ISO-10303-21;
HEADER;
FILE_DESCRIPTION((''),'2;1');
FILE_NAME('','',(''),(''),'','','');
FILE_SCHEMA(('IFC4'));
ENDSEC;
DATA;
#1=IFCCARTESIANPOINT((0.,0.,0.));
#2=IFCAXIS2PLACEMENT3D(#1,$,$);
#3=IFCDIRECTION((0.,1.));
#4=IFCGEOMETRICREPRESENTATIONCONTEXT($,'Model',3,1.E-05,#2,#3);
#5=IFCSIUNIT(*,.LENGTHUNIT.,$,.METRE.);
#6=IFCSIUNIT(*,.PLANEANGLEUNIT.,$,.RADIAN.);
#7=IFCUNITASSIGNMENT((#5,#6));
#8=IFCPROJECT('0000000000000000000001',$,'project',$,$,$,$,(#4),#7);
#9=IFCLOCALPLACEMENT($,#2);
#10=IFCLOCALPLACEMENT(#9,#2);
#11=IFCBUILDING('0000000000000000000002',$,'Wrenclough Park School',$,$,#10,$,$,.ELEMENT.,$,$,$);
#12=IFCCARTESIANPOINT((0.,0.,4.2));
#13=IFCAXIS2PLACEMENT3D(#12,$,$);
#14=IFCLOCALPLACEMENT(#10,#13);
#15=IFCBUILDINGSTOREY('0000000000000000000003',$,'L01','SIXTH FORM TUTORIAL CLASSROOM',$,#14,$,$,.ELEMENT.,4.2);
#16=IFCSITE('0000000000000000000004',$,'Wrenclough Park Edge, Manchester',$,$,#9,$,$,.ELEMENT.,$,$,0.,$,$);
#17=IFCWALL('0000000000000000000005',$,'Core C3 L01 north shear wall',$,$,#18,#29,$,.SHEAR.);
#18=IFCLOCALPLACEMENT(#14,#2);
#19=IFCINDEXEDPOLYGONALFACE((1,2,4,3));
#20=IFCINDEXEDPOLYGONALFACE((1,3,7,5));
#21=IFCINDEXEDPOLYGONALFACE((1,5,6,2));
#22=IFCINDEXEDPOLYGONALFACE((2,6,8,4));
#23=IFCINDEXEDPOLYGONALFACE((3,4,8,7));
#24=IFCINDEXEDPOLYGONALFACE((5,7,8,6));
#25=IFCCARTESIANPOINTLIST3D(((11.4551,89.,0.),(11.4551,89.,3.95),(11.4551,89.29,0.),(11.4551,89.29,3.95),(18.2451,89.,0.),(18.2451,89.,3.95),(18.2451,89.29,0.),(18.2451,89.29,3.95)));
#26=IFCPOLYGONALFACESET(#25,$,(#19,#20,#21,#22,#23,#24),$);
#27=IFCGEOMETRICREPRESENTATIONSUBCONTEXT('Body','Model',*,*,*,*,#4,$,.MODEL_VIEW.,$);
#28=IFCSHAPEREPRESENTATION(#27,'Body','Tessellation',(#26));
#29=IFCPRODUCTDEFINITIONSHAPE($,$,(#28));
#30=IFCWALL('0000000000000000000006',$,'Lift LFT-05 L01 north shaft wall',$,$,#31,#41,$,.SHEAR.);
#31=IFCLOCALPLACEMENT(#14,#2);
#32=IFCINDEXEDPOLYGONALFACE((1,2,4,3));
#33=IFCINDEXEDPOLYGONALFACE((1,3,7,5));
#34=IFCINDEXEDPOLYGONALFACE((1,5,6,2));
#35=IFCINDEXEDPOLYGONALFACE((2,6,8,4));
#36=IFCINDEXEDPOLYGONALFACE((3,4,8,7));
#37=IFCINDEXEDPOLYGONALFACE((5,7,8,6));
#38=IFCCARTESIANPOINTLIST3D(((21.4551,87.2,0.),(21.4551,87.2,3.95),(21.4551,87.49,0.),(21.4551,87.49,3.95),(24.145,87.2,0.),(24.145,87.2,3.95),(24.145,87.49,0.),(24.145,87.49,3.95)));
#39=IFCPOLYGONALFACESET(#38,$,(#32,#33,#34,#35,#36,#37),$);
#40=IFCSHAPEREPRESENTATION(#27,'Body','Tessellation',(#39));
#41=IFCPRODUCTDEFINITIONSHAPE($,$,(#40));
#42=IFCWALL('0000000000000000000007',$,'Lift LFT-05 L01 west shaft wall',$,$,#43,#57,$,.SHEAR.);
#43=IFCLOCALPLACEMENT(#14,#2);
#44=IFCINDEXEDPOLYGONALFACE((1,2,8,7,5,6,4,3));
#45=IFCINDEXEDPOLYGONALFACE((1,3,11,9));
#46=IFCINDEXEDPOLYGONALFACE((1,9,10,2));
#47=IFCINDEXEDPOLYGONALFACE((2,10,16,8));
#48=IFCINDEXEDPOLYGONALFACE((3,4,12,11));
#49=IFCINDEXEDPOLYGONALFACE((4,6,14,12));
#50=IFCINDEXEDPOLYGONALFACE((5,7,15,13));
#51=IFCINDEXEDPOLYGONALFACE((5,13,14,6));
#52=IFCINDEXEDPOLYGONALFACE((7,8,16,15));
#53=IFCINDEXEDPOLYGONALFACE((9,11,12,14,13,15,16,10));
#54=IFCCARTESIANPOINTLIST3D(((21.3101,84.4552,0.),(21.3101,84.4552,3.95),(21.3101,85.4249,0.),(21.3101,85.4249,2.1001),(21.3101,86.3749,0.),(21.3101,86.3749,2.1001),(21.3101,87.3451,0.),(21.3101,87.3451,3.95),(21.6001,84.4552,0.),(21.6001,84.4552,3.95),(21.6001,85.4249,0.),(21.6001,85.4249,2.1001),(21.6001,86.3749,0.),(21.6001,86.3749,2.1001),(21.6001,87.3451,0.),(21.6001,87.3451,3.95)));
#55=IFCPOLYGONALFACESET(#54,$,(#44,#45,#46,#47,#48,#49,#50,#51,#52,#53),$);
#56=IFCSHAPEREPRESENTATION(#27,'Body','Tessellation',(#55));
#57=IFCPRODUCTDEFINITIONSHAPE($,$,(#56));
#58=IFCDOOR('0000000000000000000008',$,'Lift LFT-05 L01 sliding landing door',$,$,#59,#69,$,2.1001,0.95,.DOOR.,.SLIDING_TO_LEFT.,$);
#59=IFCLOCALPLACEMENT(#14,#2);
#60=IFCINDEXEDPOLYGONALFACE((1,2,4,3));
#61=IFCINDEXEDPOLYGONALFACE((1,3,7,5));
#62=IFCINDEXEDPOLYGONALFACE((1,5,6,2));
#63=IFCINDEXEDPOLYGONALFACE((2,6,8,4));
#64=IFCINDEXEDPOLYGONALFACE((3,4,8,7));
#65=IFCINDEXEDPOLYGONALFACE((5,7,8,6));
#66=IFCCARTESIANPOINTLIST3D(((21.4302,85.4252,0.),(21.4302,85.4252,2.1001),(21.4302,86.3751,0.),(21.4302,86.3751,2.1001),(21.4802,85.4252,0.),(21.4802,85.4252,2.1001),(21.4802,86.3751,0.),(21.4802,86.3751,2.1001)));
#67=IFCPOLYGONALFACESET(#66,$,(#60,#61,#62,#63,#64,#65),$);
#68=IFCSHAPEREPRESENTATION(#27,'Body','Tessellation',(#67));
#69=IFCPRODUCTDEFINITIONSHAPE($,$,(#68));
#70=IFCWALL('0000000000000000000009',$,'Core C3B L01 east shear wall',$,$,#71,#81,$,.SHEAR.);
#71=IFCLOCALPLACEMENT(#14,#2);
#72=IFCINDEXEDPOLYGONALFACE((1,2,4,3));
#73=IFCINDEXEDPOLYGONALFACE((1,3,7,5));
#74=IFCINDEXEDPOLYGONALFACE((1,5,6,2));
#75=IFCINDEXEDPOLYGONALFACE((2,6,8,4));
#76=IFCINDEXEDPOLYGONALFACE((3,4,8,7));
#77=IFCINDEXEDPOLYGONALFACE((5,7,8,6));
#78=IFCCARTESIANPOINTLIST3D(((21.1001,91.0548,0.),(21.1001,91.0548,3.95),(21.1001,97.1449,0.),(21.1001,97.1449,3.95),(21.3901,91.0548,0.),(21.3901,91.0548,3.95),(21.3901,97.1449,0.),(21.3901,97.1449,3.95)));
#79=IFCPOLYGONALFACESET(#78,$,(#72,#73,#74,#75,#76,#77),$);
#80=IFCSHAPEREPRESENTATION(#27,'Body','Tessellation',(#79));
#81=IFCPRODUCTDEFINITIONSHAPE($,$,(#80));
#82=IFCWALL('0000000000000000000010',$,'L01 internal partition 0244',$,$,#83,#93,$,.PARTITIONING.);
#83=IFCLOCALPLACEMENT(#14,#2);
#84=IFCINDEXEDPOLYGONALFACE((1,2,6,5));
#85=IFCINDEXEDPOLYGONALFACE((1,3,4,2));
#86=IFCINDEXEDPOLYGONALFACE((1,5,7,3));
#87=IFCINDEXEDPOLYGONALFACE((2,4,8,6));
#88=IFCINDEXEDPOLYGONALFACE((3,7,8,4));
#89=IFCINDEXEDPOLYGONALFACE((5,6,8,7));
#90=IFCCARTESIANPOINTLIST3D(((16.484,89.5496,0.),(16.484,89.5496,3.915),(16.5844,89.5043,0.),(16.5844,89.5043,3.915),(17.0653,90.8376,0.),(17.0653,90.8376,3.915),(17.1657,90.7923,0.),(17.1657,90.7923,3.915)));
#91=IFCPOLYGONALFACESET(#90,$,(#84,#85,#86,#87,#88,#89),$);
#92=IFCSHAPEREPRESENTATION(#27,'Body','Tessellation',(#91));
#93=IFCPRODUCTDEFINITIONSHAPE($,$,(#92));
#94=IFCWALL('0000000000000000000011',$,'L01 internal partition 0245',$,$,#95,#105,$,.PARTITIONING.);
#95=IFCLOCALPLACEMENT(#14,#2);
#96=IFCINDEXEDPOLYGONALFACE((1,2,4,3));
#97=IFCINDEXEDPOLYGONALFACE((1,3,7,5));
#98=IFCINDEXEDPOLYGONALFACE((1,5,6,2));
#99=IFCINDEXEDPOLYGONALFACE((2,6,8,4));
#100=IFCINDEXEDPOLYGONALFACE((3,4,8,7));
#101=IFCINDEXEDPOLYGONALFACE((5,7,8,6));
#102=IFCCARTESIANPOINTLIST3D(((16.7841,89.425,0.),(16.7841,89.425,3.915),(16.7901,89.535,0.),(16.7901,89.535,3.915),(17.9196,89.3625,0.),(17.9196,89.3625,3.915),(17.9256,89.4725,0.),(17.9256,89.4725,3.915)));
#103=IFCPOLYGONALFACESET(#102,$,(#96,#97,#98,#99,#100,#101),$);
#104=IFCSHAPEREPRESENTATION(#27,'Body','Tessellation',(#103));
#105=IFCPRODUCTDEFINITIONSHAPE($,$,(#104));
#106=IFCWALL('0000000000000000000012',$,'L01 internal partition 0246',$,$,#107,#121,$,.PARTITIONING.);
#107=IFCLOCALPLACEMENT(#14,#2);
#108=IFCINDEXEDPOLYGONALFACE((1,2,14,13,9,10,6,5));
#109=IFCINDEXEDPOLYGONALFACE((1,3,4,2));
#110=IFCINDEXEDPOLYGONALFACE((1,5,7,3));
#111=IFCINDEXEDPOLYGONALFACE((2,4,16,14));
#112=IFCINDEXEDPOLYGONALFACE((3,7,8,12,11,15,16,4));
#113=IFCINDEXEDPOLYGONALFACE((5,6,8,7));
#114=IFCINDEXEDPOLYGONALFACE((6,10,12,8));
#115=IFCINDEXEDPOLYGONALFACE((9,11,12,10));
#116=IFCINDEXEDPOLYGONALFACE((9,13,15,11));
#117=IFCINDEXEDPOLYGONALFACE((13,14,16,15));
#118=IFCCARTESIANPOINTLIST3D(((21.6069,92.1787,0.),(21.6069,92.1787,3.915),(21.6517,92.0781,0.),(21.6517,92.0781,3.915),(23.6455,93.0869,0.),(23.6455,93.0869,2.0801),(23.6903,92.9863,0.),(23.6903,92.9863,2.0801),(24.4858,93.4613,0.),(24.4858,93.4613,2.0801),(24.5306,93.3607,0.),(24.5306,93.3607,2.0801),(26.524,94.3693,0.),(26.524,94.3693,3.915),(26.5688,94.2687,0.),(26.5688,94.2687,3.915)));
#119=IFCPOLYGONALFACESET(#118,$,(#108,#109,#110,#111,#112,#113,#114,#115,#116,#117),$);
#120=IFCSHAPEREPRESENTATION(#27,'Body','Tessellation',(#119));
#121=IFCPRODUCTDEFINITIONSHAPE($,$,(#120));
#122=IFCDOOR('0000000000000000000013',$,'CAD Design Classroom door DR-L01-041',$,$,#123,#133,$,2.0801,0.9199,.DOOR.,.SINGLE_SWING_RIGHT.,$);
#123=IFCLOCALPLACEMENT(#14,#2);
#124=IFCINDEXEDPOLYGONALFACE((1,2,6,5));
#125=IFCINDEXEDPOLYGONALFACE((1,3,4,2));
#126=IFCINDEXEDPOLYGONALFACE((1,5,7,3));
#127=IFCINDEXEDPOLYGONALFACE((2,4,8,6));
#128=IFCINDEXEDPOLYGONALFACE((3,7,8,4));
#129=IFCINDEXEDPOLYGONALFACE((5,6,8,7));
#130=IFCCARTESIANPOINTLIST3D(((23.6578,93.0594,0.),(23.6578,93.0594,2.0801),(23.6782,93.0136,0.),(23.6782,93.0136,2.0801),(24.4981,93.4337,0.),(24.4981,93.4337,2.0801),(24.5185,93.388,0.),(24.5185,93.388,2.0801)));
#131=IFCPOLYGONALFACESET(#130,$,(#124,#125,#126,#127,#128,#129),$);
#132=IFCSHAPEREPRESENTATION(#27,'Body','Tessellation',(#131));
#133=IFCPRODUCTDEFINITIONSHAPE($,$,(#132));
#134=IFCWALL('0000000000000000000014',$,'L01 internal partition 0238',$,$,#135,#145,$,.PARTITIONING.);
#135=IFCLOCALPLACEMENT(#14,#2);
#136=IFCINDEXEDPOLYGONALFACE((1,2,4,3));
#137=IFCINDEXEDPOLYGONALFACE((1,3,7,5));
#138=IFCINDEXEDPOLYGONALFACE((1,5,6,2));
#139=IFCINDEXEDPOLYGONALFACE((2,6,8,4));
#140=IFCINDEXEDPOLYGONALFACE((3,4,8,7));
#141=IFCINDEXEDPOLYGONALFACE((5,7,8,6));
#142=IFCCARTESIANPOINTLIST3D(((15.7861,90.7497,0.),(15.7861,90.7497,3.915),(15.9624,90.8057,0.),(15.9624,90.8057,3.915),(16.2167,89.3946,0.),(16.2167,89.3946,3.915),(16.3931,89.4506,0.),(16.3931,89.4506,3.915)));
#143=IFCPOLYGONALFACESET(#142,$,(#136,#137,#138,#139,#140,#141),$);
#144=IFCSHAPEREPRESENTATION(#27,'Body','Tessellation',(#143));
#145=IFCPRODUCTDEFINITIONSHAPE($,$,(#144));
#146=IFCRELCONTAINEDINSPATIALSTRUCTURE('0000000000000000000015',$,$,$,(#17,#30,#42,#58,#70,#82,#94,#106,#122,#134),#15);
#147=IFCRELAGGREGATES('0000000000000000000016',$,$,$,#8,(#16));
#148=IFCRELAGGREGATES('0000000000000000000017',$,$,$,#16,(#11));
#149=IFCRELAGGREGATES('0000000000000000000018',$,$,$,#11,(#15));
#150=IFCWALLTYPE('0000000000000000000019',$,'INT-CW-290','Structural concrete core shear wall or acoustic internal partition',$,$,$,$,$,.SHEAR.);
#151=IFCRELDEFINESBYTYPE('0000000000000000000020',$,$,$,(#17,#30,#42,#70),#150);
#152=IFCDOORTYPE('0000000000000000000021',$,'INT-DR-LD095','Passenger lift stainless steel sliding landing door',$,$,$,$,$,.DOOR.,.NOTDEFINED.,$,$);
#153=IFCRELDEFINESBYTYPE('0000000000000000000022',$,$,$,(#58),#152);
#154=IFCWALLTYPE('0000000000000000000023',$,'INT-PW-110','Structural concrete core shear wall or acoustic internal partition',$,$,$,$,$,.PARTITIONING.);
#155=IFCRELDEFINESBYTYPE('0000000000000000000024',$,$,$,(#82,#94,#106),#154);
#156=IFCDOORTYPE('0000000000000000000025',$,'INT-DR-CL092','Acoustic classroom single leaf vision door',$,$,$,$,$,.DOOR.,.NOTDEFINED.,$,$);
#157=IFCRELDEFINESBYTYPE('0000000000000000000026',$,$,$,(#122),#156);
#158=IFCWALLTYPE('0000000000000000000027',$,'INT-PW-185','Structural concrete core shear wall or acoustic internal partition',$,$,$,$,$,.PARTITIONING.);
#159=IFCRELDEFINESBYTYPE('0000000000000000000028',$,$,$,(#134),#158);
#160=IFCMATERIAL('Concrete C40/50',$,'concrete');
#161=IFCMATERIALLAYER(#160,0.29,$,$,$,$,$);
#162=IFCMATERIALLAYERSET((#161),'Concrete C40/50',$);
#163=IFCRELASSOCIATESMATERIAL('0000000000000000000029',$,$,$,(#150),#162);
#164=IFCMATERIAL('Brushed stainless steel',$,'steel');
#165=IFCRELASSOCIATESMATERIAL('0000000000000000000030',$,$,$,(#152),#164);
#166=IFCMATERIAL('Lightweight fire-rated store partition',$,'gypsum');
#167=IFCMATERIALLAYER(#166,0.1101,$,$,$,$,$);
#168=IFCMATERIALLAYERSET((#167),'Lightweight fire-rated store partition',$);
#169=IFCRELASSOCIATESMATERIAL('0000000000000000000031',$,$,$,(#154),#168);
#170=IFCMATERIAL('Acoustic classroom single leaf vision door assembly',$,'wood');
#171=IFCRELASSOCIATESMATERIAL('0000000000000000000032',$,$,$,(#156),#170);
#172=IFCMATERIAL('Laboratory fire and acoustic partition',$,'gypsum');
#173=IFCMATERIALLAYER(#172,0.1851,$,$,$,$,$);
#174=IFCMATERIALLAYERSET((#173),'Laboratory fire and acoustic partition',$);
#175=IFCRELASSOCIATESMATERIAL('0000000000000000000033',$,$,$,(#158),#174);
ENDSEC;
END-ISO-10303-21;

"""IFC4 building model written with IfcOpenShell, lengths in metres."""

from ifc_helpers import new_model, si_unit, direction, frame, frame_2d, origin, place, context, subcontext, project, spatial, rectangle, extrude, material, layer, layer_set, type_object, element, fill, save


model = new_model("IFC4")

# Units and contexts
model_context = context("Model", 3, precision=1e-05, world=origin(), true_north=direction((0.0, 1.0)))
body_context = subcontext(model_context, "Body", "Model", "MODEL_VIEW")
ifc_project = project(units=[si_unit("LENGTHUNIT", "METRE"), si_unit("PLANEANGLEUNIT", "RADIAN")], contexts=[model_context])

# Site, building, storey
site_placement = place(None, origin())
site = spatial("IfcSite", under=ifc_project, at=site_placement, Name="Wrenclough Park Edge, Manchester", CompositionType="ELEMENT", RefElevation=0.0)
building_placement = place(site_placement, origin())
building = spatial("IfcBuilding", under=site, at=building_placement, Name="Wrenclough Park School", CompositionType="ELEMENT")
storey_placement = place(building_placement, frame((0.0, 0.0, 4.2)))
storey = spatial("IfcBuildingStorey", under=building, at=storey_placement, Name="L01", Description="SIXTH FORM TUTORIAL CLASSROOM", CompositionType="ELEMENT", Elevation=4.2)

# Walls
ifc_material_1 = material(Name="Concrete C40/50", Category="concrete")
ifc_layer_1 = layer(ifc_material_1, 0.29)
ifc_layer_set_1 = layer_set([ifc_layer_1], Name="Concrete C40/50")
wall_type_1 = type_object("IfcWallType", Name="INT-CW-290", Description="Structural concrete core shear wall or acoustic internal partition", PredefinedType="SHEAR", material=ifc_layer_set_1)
wall_1_placement = place(storey_placement, frame((18.2451, 89.145, 0.0), z_axis=(0.0, 0.0, 1.0), x_axis=(-1.0, 0.0, 0.0)))
element("IfcWall", 1, at=wall_1_placement, inside=storey, type_object=wall_type_1, Name="Core C3 L01 north shear wall", PredefinedType="SHEAR", context=body_context, shape_type="SweptSolid", body=[
    extrude(rectangle(XDim=6.79, YDim=0.29, at=frame_2d((3.395, 0.0))), origin(), (0.0, 0.0, 1.0), 3.95),
])
wall_2_placement = place(storey_placement, frame((24.145, 87.345, 0.0), z_axis=(0.0, 0.0, 1.0), x_axis=(-1.0, 0.0, 0.0)))
element("IfcWall", 2, at=wall_2_placement, inside=storey, type_object=wall_type_1, Name="Lift LFT-05 L01 north shaft wall", PredefinedType="SHEAR", context=body_context, shape_type="SweptSolid", body=[
    extrude(rectangle(XDim=2.6899, YDim=0.29, at=frame_2d((1.345, 0.0))), origin(), (0.0, 0.0, 1.0), 3.95),
])

# Wall, opening, door
wall_3_placement = place(storey_placement, frame((21.4551, 87.345, 0.0), z_axis=(0.0, 0.0, 1.0), x_axis=(0.0, -1.0, 0.0)))
wall_3 = element("IfcWall", 3, at=wall_3_placement, inside=storey, type_object=wall_type_1, Name="Lift LFT-05 L01 west shaft wall", PredefinedType="SHEAR", context=body_context, shape_type="SweptSolid", body=[
    extrude(rectangle(XDim=2.8899, YDim=0.29, at=frame_2d((1.4448, 0.0))), origin(), (0.0, 0.0, 1.0), 3.95),
])
opening_1_placement = place(wall_3_placement, frame((0.97, 0.0, 0.0)))
opening_1 = element("IfcOpeningElement", 4, at=opening_1_placement, cuts=wall_3, PredefinedType="OPENING", context=body_context, shape_type="SweptSolid", body=[
    extrude(rectangle(XDim=0.95, YDim=2.1001, at=frame_2d((0.4751, 1.05))), frame((0.0, 0.155, 0.0), z_axis=(0.0, -1.0, 0.0), x_axis=(1.0, 0.0, 0.0)), (0.0, 0.0, 1.0), 0.3101),
])
ifc_material_2 = material(Name="Brushed stainless steel", Category="steel")
door_type_1 = type_object("IfcDoorType", Name="INT-DR-LD095", Description="Passenger lift stainless steel sliding landing door", OperationType="NOTDEFINED", PredefinedType="DOOR", material=ifc_material_2)
door_1_placement = place(opening_1_placement, frame((0.95, 0.0, 0.0), z_axis=(0.0, 0.0, 1.0), x_axis=(-1.0, 0.0, 0.0)))
door_1 = element("IfcDoor", 5, at=door_1_placement, inside=storey, type_object=door_type_1, Name="Lift LFT-05 L01 sliding landing door", OperationType="SLIDING_TO_LEFT", OverallHeight=2.1001, OverallWidth=0.95, PredefinedType="DOOR", context=body_context, shape_type="SweptSolid", body=[
    extrude(rectangle(XDim=0.95, YDim=2.1001, at=frame_2d((0.4751, 1.05))), frame((0.0, 0.0249, 0.0), z_axis=(0.0, -1.0, 0.0), x_axis=(1.0, 0.0, 0.0)), (0.0, 0.0, 1.0), 0.05),
])
fill(opening_1, door_1)

# Walls
wall_4_placement = place(storey_placement, frame((21.2451, 91.0549, 0.0), z_axis=(0.0, 0.0, 1.0), x_axis=(0.0, 1.0, 0.0)))
element("IfcWall", 6, at=wall_4_placement, inside=storey, type_object=wall_type_1, Name="Core C3B L01 east shear wall", PredefinedType="SHEAR", context=body_context, shape_type="SweptSolid", body=[
    extrude(rectangle(XDim=6.0901, YDim=0.29, at=frame_2d((3.0449, 0.0))), origin(), (0.0, 0.0, 1.0), 3.95),
])
ifc_material_3 = material(Name="Lightweight fire-rated store partition", Category="gypsum")
ifc_layer_2 = layer(ifc_material_3, 0.1101)
ifc_layer_set_2 = layer_set([ifc_layer_2], Name="Lightweight fire-rated store partition")
wall_type_2 = type_object("IfcWallType", Name="INT-PW-110", Description="Structural concrete core shear wall or acoustic internal partition", PredefinedType="PARTITIONING", material=ifc_layer_set_2)
wall_5_placement = place(storey_placement, frame((17.1155, 90.8149, 0.0), z_axis=(0.0, 0.0, 1.0), x_axis=(-0.411341, -0.911481, 0.0)))
element("IfcWall", 7, at=wall_5_placement, inside=storey, type_object=wall_type_2, Name="L01 internal partition 0244", PredefinedType="PARTITIONING", context=body_context, shape_type="SweptSolid", body=[
    extrude(rectangle(XDim=1.4131, YDim=0.1101, at=frame_2d((0.7065, 0.0))), origin(), (0.0, 0.0, 1.0), 3.915),
])
wall_6_placement = place(storey_placement, frame((16.7871, 89.48, 0.0), z_axis=(0.0, 0.0, 1.0), x_axis=(0.998489, -0.054959, 0.0)))
element("IfcWall", 8, at=wall_6_placement, inside=storey, type_object=wall_type_2, Name="L01 internal partition 0245", PredefinedType="PARTITIONING", context=body_context, shape_type="SweptSolid", body=[
    extrude(rectangle(XDim=1.1372, YDim=0.1101, at=frame_2d((0.5686, 0.0))), origin(), (0.0, 0.0, 1.0), 3.915),
])

# Wall, opening, door
wall_7_placement = place(storey_placement, frame((21.6294, 92.1284, 0.0), z_axis=(0.0, 0.0, 1.0), x_axis=(0.91345, 0.40695, 0.0)))
wall_7 = element("IfcWall", 9, at=wall_7_placement, inside=storey, type_object=wall_type_2, Name="L01 internal partition 0246", PredefinedType="PARTITIONING", context=body_context, shape_type="SweptSolid", body=[
    extrude(rectangle(XDim=5.3831, YDim=0.1101, at=frame_2d((2.6914, 0.0))), origin(), (0.0, 0.0, 1.0), 3.915),
])
opening_2_placement = place(wall_7_placement, frame((2.2317, 0.0, 0.0)))
opening_2 = element("IfcOpeningElement", 10, at=opening_2_placement, cuts=wall_7, PredefinedType="OPENING", context=body_context, shape_type="SweptSolid", body=[
    extrude(rectangle(XDim=0.9199, YDim=2.0801, at=frame_2d((0.46, 1.04))), frame((0.0, 0.0649, 0.0), z_axis=(0.0, -1.0, 0.0), x_axis=(1.0, 0.0, 0.0)), (0.0, 0.0, 1.0), 0.1301),
])
ifc_material_4 = material(Name="Acoustic classroom single leaf vision door assembly", Category="wood")
door_type_2 = type_object("IfcDoorType", Name="INT-DR-CL092", Description="Acoustic classroom single leaf vision door", OperationType="NOTDEFINED", PredefinedType="DOOR", material=ifc_material_4)
door_2_placement = place(opening_2_placement, origin())
door_2 = element("IfcDoor", 11, at=door_2_placement, inside=storey, type_object=door_type_2, Name="CAD Design Classroom door DR-L01-041", OperationType="SINGLE_SWING_RIGHT", OverallHeight=2.0801, OverallWidth=0.9199, PredefinedType="DOOR", context=body_context, shape_type="SweptSolid", body=[
    extrude(rectangle(XDim=0.9199, YDim=2.0801, at=frame_2d((0.46, 1.04))), frame((0.0, 0.0249, 0.0), z_axis=(0.0, -1.0, 0.0), x_axis=(1.0, 0.0, 0.0)), (0.0, 0.0, 1.0), 0.05),
])
fill(opening_2, door_2)

# Wall
ifc_material_5 = material(Name="Laboratory fire and acoustic partition", Category="gypsum")
ifc_layer_3 = layer(ifc_material_5, 0.1851)
ifc_layer_set_3 = layer_set([ifc_layer_3], Name="Laboratory fire and acoustic partition")
wall_type_3 = type_object("IfcWallType", Name="INT-PW-185", Description="Structural concrete core shear wall or acoustic internal partition", PredefinedType="PARTITIONING", material=ifc_layer_set_3)
wall_8_placement = place(storey_placement, frame((16.3049, 89.4226, 0.0), z_axis=(0.0, 0.0, 1.0), x_axis=(-0.302906, 0.95302, 0.0)))
element("IfcWall", 12, at=wall_8_placement, inside=storey, type_object=wall_type_3, Name="L01 internal partition 0238", PredefinedType="PARTITIONING", context=body_context, shape_type="SweptSolid", body=[
    extrude(rectangle(XDim=1.4219, YDim=0.1851, at=frame_2d((0.7109, 0.0))), origin(), (0.0, 0.0, 1.0), 3.915),
])

save(model, "model.ifc")
